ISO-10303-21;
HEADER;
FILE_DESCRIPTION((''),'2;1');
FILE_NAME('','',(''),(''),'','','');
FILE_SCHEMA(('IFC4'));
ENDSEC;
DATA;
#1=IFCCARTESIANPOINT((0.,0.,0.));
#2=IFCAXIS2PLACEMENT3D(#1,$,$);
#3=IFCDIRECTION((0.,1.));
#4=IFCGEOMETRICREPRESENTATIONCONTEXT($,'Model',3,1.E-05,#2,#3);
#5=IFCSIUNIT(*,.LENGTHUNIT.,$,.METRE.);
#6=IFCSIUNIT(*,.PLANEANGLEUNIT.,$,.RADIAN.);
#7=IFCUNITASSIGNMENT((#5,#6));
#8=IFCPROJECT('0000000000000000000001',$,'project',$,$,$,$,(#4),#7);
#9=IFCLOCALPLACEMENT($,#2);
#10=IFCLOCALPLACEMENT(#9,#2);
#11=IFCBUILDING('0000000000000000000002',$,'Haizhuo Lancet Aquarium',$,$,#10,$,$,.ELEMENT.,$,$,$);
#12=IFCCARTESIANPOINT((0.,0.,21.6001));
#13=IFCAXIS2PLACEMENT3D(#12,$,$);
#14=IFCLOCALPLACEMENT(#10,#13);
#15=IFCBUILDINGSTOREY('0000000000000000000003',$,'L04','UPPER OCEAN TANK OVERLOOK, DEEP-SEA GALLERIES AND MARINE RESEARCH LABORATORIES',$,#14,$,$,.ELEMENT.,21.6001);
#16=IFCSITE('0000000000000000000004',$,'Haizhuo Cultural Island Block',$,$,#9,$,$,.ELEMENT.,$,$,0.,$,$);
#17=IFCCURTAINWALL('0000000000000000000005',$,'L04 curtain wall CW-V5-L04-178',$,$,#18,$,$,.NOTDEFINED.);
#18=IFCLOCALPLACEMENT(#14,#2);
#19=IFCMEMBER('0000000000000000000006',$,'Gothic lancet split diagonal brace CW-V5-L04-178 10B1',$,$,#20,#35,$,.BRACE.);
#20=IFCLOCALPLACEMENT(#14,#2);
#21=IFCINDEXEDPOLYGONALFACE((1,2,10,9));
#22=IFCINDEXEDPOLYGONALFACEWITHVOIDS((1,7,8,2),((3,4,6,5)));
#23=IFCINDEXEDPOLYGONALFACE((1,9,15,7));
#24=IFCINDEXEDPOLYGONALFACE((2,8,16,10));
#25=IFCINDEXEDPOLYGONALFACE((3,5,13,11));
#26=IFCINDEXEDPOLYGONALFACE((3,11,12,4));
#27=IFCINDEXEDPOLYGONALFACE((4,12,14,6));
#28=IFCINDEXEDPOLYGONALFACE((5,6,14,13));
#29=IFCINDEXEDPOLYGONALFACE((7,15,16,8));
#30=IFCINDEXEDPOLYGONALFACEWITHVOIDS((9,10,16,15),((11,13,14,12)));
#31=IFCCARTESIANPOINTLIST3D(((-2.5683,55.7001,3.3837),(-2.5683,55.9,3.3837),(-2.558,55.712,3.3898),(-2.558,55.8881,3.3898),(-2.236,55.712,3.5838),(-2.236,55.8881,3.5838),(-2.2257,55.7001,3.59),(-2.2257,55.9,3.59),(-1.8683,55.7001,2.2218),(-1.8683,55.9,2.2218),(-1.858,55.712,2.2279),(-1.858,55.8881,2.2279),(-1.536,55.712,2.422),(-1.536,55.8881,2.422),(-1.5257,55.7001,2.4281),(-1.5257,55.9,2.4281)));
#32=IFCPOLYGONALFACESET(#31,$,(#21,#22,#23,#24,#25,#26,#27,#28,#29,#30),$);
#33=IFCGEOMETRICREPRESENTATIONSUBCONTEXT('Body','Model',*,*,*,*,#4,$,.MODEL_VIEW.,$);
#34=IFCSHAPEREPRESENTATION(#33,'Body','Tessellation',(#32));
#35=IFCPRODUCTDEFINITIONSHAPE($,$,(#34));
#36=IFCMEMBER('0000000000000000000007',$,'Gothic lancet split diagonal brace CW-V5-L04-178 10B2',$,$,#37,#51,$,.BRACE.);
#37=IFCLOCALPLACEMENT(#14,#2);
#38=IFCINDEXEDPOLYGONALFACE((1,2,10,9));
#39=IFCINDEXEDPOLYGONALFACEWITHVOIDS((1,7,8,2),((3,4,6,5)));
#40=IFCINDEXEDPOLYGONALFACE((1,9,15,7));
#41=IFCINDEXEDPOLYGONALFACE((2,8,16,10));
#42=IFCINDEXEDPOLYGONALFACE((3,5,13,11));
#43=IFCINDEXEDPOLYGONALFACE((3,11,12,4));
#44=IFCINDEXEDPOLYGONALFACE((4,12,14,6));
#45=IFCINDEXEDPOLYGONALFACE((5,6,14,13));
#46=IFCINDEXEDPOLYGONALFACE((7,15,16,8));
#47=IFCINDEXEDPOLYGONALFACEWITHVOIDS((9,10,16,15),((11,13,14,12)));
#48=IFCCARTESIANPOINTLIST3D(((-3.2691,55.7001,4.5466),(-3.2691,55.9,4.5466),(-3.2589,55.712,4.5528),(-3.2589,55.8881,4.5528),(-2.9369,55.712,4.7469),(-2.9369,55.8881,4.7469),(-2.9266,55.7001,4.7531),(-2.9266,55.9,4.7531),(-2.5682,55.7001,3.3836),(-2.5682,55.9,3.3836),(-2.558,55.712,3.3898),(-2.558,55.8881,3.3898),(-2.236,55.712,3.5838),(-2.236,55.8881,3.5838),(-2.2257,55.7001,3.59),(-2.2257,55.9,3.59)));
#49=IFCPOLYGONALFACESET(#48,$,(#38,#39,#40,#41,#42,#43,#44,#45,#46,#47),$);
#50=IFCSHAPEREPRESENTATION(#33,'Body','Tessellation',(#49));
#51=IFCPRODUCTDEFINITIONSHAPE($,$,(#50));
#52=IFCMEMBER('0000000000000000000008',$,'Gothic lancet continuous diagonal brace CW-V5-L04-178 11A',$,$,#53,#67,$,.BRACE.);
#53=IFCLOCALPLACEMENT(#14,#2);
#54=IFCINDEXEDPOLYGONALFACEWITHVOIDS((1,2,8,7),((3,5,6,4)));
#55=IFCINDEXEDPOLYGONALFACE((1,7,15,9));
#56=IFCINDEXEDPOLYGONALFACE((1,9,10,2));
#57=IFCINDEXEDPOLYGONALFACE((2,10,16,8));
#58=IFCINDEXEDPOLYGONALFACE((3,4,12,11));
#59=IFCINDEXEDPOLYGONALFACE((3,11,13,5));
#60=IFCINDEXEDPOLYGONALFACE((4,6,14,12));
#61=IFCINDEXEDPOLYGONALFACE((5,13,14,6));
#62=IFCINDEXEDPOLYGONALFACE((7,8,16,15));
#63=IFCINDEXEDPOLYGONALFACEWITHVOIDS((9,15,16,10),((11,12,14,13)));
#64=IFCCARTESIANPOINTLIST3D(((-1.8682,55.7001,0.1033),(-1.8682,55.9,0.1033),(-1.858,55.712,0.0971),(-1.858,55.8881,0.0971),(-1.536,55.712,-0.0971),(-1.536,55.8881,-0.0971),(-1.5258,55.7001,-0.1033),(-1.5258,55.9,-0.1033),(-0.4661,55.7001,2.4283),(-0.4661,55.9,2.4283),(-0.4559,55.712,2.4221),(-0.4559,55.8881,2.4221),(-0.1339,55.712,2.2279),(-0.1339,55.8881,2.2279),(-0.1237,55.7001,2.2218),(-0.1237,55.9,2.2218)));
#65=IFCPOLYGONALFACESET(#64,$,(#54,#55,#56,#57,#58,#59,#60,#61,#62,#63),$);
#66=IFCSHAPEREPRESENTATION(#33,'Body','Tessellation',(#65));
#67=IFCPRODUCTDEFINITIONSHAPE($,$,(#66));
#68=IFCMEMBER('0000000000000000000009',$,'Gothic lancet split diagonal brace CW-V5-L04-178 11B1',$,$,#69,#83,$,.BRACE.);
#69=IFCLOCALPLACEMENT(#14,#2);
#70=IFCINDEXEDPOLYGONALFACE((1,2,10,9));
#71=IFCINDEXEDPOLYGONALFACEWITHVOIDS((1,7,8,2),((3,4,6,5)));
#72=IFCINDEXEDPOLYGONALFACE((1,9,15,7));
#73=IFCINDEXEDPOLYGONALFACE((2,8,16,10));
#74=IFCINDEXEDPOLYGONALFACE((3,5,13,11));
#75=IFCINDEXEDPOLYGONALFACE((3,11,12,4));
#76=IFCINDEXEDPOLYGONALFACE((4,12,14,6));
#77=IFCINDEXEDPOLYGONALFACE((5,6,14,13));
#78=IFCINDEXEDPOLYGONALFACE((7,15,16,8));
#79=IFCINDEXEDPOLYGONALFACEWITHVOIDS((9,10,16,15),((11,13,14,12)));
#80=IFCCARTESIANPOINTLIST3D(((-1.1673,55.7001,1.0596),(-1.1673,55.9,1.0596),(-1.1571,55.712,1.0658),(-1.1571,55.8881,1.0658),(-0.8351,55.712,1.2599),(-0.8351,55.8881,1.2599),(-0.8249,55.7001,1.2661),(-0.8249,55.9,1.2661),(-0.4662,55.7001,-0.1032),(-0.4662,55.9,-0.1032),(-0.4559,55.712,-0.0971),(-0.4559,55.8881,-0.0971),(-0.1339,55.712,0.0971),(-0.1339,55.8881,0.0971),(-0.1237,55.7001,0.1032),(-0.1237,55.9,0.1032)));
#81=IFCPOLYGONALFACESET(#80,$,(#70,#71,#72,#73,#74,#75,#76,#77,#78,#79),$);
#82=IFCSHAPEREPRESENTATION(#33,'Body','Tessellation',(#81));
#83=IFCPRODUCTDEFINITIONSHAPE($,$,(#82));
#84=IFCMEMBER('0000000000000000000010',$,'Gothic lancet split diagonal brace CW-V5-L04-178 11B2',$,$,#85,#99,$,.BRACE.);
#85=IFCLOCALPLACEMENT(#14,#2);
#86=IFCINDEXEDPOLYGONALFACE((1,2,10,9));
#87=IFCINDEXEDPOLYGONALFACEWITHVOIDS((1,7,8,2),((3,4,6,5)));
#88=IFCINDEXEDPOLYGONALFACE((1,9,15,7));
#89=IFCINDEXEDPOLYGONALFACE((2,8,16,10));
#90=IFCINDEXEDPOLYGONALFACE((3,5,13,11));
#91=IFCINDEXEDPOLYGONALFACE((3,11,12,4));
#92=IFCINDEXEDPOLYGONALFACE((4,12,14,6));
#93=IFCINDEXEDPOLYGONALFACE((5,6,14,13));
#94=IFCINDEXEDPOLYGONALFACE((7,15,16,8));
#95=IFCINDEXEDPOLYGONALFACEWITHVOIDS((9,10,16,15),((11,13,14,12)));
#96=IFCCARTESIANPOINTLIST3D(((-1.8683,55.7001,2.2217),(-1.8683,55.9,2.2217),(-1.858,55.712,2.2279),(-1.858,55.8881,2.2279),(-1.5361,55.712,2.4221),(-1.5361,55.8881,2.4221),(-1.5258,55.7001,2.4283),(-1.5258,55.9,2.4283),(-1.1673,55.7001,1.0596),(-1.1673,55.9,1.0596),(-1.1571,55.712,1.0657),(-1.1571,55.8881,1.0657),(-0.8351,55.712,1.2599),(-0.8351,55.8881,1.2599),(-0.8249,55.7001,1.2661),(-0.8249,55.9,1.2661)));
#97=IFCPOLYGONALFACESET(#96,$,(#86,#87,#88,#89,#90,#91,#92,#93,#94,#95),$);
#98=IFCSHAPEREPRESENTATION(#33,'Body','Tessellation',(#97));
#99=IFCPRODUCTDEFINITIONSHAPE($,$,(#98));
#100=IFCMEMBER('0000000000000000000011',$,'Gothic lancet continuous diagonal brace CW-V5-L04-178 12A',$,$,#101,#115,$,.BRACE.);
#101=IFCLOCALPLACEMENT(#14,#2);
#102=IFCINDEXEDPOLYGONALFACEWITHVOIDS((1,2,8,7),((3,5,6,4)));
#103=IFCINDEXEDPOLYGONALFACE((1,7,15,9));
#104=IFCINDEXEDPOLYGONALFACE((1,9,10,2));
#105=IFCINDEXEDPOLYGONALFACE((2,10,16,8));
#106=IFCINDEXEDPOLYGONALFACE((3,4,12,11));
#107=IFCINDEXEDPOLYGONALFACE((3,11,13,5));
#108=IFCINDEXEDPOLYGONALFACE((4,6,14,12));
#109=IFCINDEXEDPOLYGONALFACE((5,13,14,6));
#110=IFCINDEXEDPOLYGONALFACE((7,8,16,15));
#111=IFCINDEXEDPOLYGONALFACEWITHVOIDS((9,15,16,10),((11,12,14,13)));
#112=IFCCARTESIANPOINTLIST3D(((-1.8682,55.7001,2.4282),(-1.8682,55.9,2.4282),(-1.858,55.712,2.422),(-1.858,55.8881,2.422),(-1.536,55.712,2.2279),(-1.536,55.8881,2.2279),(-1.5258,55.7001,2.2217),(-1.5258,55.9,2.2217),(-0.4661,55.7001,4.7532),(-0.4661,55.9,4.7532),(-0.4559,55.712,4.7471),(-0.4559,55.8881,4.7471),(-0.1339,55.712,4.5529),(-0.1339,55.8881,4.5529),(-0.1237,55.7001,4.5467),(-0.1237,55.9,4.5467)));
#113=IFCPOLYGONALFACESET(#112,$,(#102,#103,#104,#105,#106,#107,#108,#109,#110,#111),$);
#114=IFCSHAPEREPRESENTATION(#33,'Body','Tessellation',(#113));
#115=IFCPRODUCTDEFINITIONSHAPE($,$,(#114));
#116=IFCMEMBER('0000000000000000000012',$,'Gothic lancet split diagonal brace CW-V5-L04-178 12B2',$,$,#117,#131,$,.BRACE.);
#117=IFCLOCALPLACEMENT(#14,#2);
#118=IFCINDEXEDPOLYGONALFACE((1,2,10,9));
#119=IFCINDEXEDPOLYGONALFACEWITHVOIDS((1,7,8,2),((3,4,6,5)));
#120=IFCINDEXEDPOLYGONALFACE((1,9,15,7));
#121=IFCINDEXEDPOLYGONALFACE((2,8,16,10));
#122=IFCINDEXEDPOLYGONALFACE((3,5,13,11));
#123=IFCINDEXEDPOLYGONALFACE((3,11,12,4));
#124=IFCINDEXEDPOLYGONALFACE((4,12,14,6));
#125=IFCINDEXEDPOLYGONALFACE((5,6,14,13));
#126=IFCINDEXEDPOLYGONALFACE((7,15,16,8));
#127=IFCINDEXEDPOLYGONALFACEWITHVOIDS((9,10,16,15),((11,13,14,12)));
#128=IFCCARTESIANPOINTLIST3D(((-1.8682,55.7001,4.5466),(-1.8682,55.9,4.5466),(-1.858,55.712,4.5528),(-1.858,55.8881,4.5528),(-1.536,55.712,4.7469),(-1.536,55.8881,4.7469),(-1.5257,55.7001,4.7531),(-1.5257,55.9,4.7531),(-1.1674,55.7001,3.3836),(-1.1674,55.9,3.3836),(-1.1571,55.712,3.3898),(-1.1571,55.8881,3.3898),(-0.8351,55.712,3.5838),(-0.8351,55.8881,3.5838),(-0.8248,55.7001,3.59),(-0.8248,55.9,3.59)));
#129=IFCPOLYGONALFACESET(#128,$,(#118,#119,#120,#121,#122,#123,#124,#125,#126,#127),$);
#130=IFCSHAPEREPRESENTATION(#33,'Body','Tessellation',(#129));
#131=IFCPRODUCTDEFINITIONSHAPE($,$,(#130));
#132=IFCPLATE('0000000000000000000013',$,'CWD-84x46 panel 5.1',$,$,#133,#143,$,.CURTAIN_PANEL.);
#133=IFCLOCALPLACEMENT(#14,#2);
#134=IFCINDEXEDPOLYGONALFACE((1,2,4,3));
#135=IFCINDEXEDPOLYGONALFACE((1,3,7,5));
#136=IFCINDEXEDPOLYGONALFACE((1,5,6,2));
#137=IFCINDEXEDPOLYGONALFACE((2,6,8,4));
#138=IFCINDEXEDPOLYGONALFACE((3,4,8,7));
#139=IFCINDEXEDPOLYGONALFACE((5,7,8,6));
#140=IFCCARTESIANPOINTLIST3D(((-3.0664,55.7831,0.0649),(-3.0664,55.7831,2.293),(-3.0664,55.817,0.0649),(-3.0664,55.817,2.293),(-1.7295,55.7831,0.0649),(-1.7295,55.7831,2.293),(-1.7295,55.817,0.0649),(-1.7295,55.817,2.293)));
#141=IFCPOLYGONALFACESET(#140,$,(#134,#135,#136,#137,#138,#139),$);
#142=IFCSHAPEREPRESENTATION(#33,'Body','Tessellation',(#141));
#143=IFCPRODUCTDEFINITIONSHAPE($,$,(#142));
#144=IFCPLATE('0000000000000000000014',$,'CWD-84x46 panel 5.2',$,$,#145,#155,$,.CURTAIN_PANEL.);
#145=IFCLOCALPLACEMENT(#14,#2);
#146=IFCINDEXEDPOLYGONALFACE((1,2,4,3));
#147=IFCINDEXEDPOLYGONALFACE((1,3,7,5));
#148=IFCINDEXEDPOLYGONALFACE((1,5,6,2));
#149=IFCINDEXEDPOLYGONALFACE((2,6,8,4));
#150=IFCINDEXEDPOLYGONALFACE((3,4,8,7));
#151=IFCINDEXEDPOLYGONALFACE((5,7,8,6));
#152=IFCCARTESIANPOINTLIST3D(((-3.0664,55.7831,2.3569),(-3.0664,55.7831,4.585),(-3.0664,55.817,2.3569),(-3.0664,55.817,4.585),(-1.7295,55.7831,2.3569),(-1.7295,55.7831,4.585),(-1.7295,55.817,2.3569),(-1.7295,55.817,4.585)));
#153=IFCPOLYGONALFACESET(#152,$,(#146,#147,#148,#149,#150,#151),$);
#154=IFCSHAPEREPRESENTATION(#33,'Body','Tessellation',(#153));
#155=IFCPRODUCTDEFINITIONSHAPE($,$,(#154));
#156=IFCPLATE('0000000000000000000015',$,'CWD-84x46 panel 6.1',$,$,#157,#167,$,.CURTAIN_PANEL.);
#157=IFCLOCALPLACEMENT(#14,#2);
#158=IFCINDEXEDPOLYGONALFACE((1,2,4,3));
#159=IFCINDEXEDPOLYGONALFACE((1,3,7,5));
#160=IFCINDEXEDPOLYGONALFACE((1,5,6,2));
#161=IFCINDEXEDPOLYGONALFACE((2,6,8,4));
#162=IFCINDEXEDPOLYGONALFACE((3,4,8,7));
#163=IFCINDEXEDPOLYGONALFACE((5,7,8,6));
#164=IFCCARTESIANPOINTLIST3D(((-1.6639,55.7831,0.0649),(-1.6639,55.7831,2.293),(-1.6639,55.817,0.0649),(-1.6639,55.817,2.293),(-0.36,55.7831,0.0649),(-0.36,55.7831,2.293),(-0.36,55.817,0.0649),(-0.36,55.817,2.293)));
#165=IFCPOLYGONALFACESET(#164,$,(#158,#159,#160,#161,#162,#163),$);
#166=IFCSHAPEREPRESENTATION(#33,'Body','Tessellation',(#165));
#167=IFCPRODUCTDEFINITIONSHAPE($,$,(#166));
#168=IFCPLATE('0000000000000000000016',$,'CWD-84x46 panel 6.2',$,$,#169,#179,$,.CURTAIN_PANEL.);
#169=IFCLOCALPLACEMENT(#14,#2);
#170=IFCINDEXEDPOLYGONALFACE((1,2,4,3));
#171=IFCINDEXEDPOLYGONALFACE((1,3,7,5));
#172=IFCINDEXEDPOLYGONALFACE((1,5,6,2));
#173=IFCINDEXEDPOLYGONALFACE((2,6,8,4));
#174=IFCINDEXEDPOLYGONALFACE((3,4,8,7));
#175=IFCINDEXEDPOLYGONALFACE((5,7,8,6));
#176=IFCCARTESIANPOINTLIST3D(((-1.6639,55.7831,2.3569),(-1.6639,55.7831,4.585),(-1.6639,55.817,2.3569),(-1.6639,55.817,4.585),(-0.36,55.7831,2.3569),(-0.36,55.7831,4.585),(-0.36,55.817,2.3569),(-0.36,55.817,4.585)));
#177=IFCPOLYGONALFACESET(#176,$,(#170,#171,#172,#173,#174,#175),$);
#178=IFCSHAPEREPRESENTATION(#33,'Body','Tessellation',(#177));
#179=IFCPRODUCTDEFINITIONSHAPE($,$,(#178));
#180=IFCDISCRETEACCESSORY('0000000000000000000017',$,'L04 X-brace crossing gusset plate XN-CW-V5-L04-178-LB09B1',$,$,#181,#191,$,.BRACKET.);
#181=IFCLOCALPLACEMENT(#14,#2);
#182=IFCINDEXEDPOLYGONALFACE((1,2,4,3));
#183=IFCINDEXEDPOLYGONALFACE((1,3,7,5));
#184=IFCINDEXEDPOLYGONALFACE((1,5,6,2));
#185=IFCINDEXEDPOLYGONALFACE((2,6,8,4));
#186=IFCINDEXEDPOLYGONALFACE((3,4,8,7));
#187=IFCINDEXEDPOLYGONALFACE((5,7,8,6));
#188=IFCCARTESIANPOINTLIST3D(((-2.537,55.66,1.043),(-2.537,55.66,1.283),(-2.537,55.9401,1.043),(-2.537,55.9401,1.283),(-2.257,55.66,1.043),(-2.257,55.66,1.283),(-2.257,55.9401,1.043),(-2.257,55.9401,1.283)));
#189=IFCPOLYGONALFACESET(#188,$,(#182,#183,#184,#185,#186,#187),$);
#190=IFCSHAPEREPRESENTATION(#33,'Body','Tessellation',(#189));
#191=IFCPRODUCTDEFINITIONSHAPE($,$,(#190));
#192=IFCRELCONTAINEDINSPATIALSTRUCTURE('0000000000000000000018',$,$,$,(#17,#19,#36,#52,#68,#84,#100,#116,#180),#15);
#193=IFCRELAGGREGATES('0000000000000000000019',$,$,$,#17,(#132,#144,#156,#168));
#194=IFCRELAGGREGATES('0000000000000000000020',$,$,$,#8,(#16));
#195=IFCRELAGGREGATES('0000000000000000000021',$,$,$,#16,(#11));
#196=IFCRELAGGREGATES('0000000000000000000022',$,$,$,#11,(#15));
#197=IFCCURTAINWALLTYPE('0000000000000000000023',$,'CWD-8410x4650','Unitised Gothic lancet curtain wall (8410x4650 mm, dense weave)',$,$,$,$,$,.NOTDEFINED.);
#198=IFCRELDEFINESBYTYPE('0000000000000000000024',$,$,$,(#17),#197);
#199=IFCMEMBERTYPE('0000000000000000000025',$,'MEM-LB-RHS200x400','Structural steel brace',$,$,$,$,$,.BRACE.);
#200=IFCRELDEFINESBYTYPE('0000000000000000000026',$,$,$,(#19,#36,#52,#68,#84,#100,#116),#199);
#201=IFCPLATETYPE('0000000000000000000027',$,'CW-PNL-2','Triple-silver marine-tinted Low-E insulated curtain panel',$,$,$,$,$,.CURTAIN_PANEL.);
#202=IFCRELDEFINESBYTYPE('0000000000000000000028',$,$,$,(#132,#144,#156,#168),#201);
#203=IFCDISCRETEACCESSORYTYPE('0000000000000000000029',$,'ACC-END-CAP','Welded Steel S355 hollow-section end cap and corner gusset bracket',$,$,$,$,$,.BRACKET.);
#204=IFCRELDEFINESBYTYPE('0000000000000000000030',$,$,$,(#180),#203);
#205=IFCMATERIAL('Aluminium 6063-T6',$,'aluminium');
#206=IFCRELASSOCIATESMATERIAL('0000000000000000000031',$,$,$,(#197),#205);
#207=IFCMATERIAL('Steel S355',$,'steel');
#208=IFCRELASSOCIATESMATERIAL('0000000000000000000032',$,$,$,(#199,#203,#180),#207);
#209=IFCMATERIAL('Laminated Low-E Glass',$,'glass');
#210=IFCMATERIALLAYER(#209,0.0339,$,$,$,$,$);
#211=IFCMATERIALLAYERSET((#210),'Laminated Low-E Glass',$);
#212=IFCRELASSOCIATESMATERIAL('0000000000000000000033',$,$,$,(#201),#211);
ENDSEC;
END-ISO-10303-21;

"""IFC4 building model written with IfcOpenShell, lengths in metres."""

from ifc_helpers import new_model, si_unit, direction, frame, origin, origin_2d, place, context, subcontext, project, spatial, rectangle, hollow_rectangle, extrude, material, layer, layer_set, material_profile, profile_set, type_object, element, aggregate, save


model = new_model("IFC4")

# Units and contexts
model_context = context("Model", 3, precision=1e-05, world=origin(), true_north=direction((0.0, 1.0)))
body_context = subcontext(model_context, "Body", "Model", "MODEL_VIEW")
ifc_project = project(units=[si_unit("LENGTHUNIT", "METRE"), si_unit("PLANEANGLEUNIT", "RADIAN")], contexts=[model_context])

# Site, building, storey
site_placement = place(None, origin())
site = spatial("IfcSite", under=ifc_project, at=site_placement, Name="Haizhuo Cultural Island Block", CompositionType="ELEMENT", RefElevation=0.0)
building_placement = place(site_placement, origin())
building = spatial("IfcBuilding", under=site, at=building_placement, Name="Haizhuo Lancet Aquarium", CompositionType="ELEMENT")
storey_placement = place(building_placement, frame((0.0, 0.0, 21.6001)))
storey = spatial("IfcBuildingStorey", under=building, at=storey_placement, Name="L04", Description="UPPER OCEAN TANK OVERLOOK, DEEP-SEA GALLERIES AND MARINE RESEARCH LABORATORIES", CompositionType="ELEMENT", Elevation=21.6001)

# Curtain wall
ifc_material_1 = material(Name="Aluminium 6063-T6", Category="aluminium")
curtain_wall_type = type_object("IfcCurtainWallType", Name="CWD-8410x4650", Description="Unitised Gothic lancet curtain wall (8410x4650 mm, dense weave)", PredefinedType="NOTDEFINED", material=ifc_material_1)
curtain_wall_placement = place(storey_placement, origin())
curtain_wall = element("IfcCurtainWall", 1, at=curtain_wall_placement, inside=storey, type_object=curtain_wall_type, Name="L04 curtain wall CW-V5-L04-178", PredefinedType="NOTDEFINED")

# Members
ifc_material_2 = material(Name="Steel S355", Category="steel")
ifc_material_profile_1 = material_profile(ifc_material_2, hollow_rectangle(XDim=0.2, YDim=0.3999, WallThickness=0.012, at=origin_2d()), Name="RHS 200x400x12")
ifc_profile_set_1 = profile_set([ifc_material_profile_1], Name="Steel S355")
member_type_1 = type_object("IfcMemberType", Name="MEM-LB-RHS200x400", Description="Structural steel brace", PredefinedType="BRACE", material=ifc_profile_set_1)
member_1_placement = place(storey_placement, frame((-1.697, 55.8, 2.325), z_axis=(-0.51603, 0.0, 0.85657), x_axis=(0.0, -1.0, 0.0)))
element("IfcMember", 2, at=member_1_placement, inside=storey, type_object=member_type_1, Name="Gothic lancet split diagonal brace CW-V5-L04-178 10B1", PredefinedType="BRACE", context=body_context, shape_type="SweptSolid", body=[
    extrude(hollow_rectangle(XDim=0.2, YDim=0.3999, WallThickness=0.012, at=origin_2d()), origin(), (0.0, 0.0, 1.0), 1.3564),
])
member_2_placement = place(storey_placement, frame((-2.397, 55.8, 3.4868), z_axis=(-0.51616, 0.0, 0.856492), x_axis=(0.0, -1.0, 0.0)))
element("IfcMember", 3, at=member_2_placement, inside=storey, type_object=member_type_1, Name="Gothic lancet split diagonal brace CW-V5-L04-178 10B2", PredefinedType="BRACE", context=body_context, shape_type="SweptSolid", body=[
    extrude(hollow_rectangle(XDim=0.2, YDim=0.3999, WallThickness=0.012, at=origin_2d()), origin(), (0.0, 0.0, 1.0), 1.3579),
])
member_3_placement = place(storey_placement, frame((-1.697, 55.8, 0.0), z_axis=(0.516425, 0.0, 0.856332), x_axis=(0.0, 1.0, 0.0)))
element("IfcMember", 4, at=member_3_placement, inside=storey, type_object=member_type_1, Name="Gothic lancet continuous diagonal brace CW-V5-L04-178 11A", PredefinedType="BRACE", context=body_context, shape_type="SweptSolid", body=[
    extrude(hollow_rectangle(XDim=0.2, YDim=0.3999, WallThickness=0.012, at=origin_2d()), origin(), (0.0, 0.0, 1.0), 2.7151),
])
member_4_placement = place(storey_placement, frame((-0.2949, 55.8, 0.0), z_axis=(-0.516372, 0.0, 0.856365), x_axis=(0.0, -1.0, 0.0)))
element("IfcMember", 5, at=member_4_placement, inside=storey, type_object=member_type_1, Name="Gothic lancet split diagonal brace CW-V5-L04-178 11B1", PredefinedType="BRACE", context=body_context, shape_type="SweptSolid", body=[
    extrude(hollow_rectangle(XDim=0.2, YDim=0.3999, WallThickness=0.012, at=origin_2d()), origin(), (0.0, 0.0, 1.0), 1.3579),
])
member_5_placement = place(storey_placement, frame((-0.9961, 55.8, 1.1628), z_axis=(-0.516479, 0.0, 0.8563), x_axis=(0.0, -1.0, 0.0)))
element("IfcMember", 6, at=member_5_placement, inside=storey, type_object=member_type_1, Name="Gothic lancet split diagonal brace CW-V5-L04-178 11B2", PredefinedType="BRACE", context=body_context, shape_type="SweptSolid", body=[
    extrude(hollow_rectangle(XDim=0.2, YDim=0.3999, WallThickness=0.012, at=origin_2d()), origin(), (0.0, 0.0, 1.0), 1.3572),
])
member_6_placement = place(storey_placement, frame((-1.697, 55.8, 2.325), z_axis=(0.516425, 0.0, 0.856332), x_axis=(0.0, 1.0, 0.0)))
element("IfcMember", 7, at=member_6_placement, inside=storey, type_object=member_type_1, Name="Gothic lancet continuous diagonal brace CW-V5-L04-178 12A", PredefinedType="BRACE", context=body_context, shape_type="SweptSolid", body=[
    extrude(hollow_rectangle(XDim=0.2, YDim=0.3999, WallThickness=0.012, at=origin_2d()), origin(), (0.0, 0.0, 1.0), 2.7151),
])
member_7_placement = place(storey_placement, frame((-0.9961, 55.8, 3.4868), z_axis=(-0.51616, 0.0, 0.856492), x_axis=(0.0, -1.0, 0.0)))
element("IfcMember", 8, at=member_7_placement, inside=storey, type_object=member_type_1, Name="Gothic lancet split diagonal brace CW-V5-L04-178 12B2", PredefinedType="BRACE", context=body_context, shape_type="SweptSolid", body=[
    extrude(hollow_rectangle(XDim=0.2, YDim=0.3999, WallThickness=0.012, at=origin_2d()), origin(), (0.0, 0.0, 1.0), 1.3579),
])

# Plates
ifc_material_3 = material(Name="Laminated Low-E Glass", Category="glass")
ifc_layer = layer(ifc_material_3, 0.0339)
ifc_layer_set = layer_set([ifc_layer], Name="Laminated Low-E Glass")
plate_type = type_object("IfcPlateType", Name="CW-PNL-2", Description="Triple-silver marine-tinted Low-E insulated curtain panel", PredefinedType="CURTAIN_PANEL", material=ifc_layer_set)
plate_1_placement = place(storey_placement, frame((-2.3979, 55.8, 0.0649), z_axis=(0.0, 0.0, 1.0), x_axis=(1.0, 0.0, 0.0)))
plate_1 = element("IfcPlate", 9, at=plate_1_placement, type_object=plate_type, Name="CWD-84x46 panel 5.1", PredefinedType="CURTAIN_PANEL", context=body_context, shape_type="SweptSolid", body=[
    extrude(rectangle(XDim=1.3369, YDim=0.0339, at=origin_2d()), origin(), (0.0, 0.0, 1.0), 2.228),
])
plate_2_placement = place(storey_placement, frame((-2.3979, 55.8, 2.3569), z_axis=(0.0, 0.0, 1.0), x_axis=(1.0, 0.0, 0.0)))
plate_2 = element("IfcPlate", 10, at=plate_2_placement, type_object=plate_type, Name="CWD-84x46 panel 5.2", PredefinedType="CURTAIN_PANEL", context=body_context, shape_type="SweptSolid", body=[
    extrude(rectangle(XDim=1.3369, YDim=0.0339, at=origin_2d()), origin(), (0.0, 0.0, 1.0), 2.228),
])
plate_3_placement = place(storey_placement, frame((-1.012, 55.8, 0.0649), z_axis=(0.0, 0.0, 1.0), x_axis=(1.0, 0.0, 0.0)))
plate_3 = element("IfcPlate", 11, at=plate_3_placement, type_object=plate_type, Name="CWD-84x46 panel 6.1", PredefinedType="CURTAIN_PANEL", context=body_context, shape_type="SweptSolid", body=[
    extrude(rectangle(XDim=1.304, YDim=0.0339, at=origin_2d()), origin(), (0.0, 0.0, 1.0), 2.228),
])
plate_4_placement = place(storey_placement, frame((-1.012, 55.8, 2.3569), z_axis=(0.0, 0.0, 1.0), x_axis=(1.0, 0.0, 0.0)))
plate_4 = element("IfcPlate", 12, at=plate_4_placement, type_object=plate_type, Name="CWD-84x46 panel 6.2", PredefinedType="CURTAIN_PANEL", context=body_context, shape_type="SweptSolid", body=[
    extrude(rectangle(XDim=1.304, YDim=0.0339, at=origin_2d()), origin(), (0.0, 0.0, 1.0), 2.228),
])
aggregate(curtain_wall, [plate_1, plate_2, plate_3, plate_4])

# Discrete accessory
discrete_accessory_type = type_object("IfcDiscreteAccessoryType", Name="ACC-END-CAP", Description="Welded Steel S355 hollow-section end cap and corner gusset bracket", PredefinedType="BRACKET", material=ifc_material_2)
for number, where, z_axis, x_axis, name in (
    (13, (-2.397, 55.8, 1.043), (0.0, 0.0, 1.0), (1.0, 0.0, 0.0), "L04 X-brace crossing gusset plate XN-CW-V5-L04-178-LB09B1"),
):
    element("IfcDiscreteAccessory", number, at=place(storey_placement, frame(where, z_axis=z_axis, x_axis=x_axis)), inside=storey, type_object=discrete_accessory_type, material=ifc_material_2, Name=name, PredefinedType="BRACKET", context=body_context, shape_type="SweptSolid", body=[
        extrude(rectangle(XDim=0.28, YDim=0.28, at=origin_2d()), origin(), (0.0, 0.0, 1.0), 0.24),
    ])

save(model, "model.ifc")
